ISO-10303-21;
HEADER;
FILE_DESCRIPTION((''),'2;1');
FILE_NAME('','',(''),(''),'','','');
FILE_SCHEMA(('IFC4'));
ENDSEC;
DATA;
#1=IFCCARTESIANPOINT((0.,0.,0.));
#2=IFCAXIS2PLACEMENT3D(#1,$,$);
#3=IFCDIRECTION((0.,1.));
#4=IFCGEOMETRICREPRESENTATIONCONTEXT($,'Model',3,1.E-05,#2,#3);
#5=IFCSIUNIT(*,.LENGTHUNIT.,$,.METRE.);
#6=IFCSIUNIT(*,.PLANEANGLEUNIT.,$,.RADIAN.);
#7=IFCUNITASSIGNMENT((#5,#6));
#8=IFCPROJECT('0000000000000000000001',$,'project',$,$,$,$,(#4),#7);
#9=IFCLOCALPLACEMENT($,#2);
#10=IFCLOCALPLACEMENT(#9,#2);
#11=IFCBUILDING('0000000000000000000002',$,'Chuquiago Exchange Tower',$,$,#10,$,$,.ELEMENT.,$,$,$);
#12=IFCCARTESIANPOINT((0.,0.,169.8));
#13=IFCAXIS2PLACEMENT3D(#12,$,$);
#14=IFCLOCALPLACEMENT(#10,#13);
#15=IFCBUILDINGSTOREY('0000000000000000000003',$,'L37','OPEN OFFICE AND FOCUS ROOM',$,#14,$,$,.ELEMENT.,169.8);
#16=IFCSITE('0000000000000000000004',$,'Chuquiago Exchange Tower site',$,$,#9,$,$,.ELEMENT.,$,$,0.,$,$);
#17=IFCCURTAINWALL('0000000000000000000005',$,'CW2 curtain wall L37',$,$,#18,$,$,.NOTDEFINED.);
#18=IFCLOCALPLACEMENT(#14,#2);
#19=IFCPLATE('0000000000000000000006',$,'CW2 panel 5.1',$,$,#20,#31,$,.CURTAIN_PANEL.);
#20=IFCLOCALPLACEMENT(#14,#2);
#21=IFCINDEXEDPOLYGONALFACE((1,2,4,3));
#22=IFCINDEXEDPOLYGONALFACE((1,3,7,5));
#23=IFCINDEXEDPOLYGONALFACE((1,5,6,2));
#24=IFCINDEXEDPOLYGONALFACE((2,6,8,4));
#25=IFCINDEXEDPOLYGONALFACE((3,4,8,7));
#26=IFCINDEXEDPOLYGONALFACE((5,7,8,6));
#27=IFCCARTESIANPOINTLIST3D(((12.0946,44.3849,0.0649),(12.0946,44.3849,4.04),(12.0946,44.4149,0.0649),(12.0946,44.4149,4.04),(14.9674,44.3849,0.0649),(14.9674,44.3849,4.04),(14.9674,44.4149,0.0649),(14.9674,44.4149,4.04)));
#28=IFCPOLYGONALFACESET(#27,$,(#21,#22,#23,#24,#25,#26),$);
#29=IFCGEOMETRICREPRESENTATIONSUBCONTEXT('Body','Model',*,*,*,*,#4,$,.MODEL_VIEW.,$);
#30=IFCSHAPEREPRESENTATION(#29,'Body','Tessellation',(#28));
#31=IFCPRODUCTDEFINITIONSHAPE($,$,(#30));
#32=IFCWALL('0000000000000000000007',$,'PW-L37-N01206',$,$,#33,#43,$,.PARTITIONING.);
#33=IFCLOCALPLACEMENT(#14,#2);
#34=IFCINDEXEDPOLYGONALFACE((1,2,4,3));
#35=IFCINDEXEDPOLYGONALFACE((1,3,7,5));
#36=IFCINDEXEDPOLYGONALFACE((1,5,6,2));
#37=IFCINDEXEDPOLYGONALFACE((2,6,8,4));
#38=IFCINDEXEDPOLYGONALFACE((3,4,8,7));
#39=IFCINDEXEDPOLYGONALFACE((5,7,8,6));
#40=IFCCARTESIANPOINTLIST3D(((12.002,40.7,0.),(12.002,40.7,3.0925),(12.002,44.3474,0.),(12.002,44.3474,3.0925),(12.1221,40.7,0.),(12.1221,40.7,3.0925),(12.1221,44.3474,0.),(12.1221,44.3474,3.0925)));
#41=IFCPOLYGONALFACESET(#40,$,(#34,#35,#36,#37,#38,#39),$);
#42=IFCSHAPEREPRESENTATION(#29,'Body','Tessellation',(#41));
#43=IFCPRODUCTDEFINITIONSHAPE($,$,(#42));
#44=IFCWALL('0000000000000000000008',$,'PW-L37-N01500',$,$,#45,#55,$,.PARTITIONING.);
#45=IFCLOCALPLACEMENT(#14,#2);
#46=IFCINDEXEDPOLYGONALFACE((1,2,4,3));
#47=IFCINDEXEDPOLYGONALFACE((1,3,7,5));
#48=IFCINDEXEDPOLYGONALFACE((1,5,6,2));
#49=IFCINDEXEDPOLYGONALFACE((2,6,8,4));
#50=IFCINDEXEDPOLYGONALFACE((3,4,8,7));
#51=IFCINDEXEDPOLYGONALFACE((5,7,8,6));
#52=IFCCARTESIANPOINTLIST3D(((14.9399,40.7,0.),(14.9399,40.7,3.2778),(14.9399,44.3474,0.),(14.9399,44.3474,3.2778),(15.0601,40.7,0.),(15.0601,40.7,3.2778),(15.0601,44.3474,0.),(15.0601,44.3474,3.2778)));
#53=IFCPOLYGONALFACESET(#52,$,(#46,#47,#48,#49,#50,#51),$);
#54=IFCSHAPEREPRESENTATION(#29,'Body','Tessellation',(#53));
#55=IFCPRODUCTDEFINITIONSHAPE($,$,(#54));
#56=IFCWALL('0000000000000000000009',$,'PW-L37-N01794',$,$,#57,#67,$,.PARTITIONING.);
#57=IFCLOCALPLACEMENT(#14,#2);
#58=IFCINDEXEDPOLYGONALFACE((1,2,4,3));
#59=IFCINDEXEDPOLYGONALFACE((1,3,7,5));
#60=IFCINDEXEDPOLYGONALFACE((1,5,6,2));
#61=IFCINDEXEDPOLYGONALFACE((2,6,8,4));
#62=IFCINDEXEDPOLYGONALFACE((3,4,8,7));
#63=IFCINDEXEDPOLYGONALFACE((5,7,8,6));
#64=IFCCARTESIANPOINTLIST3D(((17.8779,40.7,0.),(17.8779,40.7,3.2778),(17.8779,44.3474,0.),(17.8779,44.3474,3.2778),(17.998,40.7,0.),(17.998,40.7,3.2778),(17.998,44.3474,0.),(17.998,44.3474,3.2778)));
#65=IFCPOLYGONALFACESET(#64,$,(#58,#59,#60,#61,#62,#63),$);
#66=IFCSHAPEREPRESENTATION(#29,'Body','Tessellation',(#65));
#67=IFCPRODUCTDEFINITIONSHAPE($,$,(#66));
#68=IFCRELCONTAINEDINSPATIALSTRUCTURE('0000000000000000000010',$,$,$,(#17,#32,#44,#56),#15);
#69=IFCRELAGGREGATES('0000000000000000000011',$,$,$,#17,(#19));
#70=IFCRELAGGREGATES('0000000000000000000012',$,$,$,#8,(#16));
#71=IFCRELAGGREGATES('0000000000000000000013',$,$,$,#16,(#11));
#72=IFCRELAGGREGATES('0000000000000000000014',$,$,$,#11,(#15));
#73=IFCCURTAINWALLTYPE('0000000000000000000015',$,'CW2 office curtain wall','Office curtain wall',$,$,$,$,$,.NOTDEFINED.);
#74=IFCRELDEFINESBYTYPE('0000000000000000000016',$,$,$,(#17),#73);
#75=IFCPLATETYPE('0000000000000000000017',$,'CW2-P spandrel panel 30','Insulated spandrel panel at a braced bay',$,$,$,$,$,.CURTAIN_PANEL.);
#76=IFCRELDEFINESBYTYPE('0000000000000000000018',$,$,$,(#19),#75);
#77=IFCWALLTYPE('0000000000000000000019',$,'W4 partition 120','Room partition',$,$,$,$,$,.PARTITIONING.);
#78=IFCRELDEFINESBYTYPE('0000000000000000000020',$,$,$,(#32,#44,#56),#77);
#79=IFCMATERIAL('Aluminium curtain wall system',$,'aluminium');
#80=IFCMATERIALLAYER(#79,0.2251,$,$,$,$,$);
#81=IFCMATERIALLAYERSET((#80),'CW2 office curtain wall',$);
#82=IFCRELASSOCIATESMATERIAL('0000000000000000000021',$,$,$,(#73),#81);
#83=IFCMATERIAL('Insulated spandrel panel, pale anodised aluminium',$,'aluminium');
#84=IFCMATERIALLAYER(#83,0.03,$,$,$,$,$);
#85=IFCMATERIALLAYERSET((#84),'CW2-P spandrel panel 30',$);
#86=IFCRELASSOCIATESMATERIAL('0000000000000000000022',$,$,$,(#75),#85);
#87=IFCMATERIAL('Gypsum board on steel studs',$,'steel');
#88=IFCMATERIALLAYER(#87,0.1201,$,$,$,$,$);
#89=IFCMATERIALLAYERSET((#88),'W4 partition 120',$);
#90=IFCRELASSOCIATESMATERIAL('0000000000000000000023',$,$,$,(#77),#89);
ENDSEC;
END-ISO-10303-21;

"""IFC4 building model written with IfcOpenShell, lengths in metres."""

from ifc_helpers import new_model, si_unit, direction, frame, frame_2d, origin, origin_2d, place, context, subcontext, project, spatial, rectangle, extrude, material, layer, layer_set, type_object, element, aggregate, save


model = new_model("IFC4")

# Units and contexts
model_context = context("Model", 3, precision=1e-05, world=origin(), true_north=direction((0.0, 1.0)))
body_context = subcontext(model_context, "Body", "Model", "MODEL_VIEW")
ifc_project = project(units=[si_unit("LENGTHUNIT", "METRE"), si_unit("PLANEANGLEUNIT", "RADIAN")], contexts=[model_context])

# Site, building, storey
site_placement = place(None, origin())
site = spatial("IfcSite", under=ifc_project, at=site_placement, Name="Chuquiago Exchange Tower site", CompositionType="ELEMENT", RefElevation=0.0)
building_placement = place(site_placement, origin())
building = spatial("IfcBuilding", under=site, at=building_placement, Name="Chuquiago Exchange Tower", CompositionType="ELEMENT")
storey_placement = place(building_placement, frame((0.0, 0.0, 169.8)))
storey = spatial("IfcBuildingStorey", under=building, at=storey_placement, Name="L37", Description="OPEN OFFICE AND FOCUS ROOM", CompositionType="ELEMENT", Elevation=169.8)

# Curtain wall
ifc_material_1 = material(Name="Aluminium curtain wall system", Category="aluminium")
ifc_layer_1 = layer(ifc_material_1, 0.2251)
ifc_layer_set_1 = layer_set([ifc_layer_1], Name="CW2 office curtain wall")
curtain_wall_type = type_object("IfcCurtainWallType", Name="CW2 office curtain wall", Description="Office curtain wall", PredefinedType="NOTDEFINED", material=ifc_layer_set_1)
curtain_wall_placement = place(storey_placement, origin())
curtain_wall = element("IfcCurtainWall", 1, at=curtain_wall_placement, inside=storey, type_object=curtain_wall_type, Name="CW2 curtain wall L37", PredefinedType="NOTDEFINED")

# Plate
ifc_material_2 = material(Name="Insulated spandrel panel, pale anodised aluminium", Category="aluminium")
ifc_layer_2 = layer(ifc_material_2, 0.03)
ifc_layer_set_2 = layer_set([ifc_layer_2], Name="CW2-P spandrel panel 30")
plate_type = type_object("IfcPlateType", Name="CW2-P spandrel panel 30", Description="Insulated spandrel panel at a braced bay", PredefinedType="CURTAIN_PANEL", material=ifc_layer_set_2)
plate_1_placement = place(storey_placement, frame((13.531, 44.3999, 0.0649), z_axis=(0.0, 0.0, 1.0), x_axis=(-1.0, 0.0, 0.0)))
plate_1 = element("IfcPlate", 2, at=plate_1_placement, type_object=plate_type, Name="CW2 panel 5.1", PredefinedType="CURTAIN_PANEL", context=body_context, shape_type="SweptSolid", body=[
    extrude(rectangle(XDim=2.8728, YDim=0.03, at=origin_2d()), origin(), (0.0, 0.0, 1.0), 3.9751),
])
aggregate(curtain_wall, [plate_1])

# Walls
ifc_material_3 = material(Name="Gypsum board on steel studs", Category="steel")
ifc_layer_3 = layer(ifc_material_3, 0.1201)
ifc_layer_set_3 = layer_set([ifc_layer_3], Name="W4 partition 120")
wall_type = type_object("IfcWallType", Name="W4 partition 120", Description="Room partition", PredefinedType="PARTITIONING", material=ifc_layer_set_3)
wall_1_placement = place(storey_placement, frame((12.062, 44.3474, 0.0), z_axis=(0.0, 0.0, 1.0), x_axis=(0.0, -1.0, 0.0)))
element("IfcWall", 3, at=wall_1_placement, inside=storey, type_object=wall_type, Name="PW-L37-N01206", PredefinedType="PARTITIONING", context=body_context, shape_type="SweptSolid", body=[
    extrude(rectangle(XDim=3.6475, YDim=0.1201, at=frame_2d((1.8237, 0.0))), origin(), (0.0, 0.0, 1.0), 3.0925),
])
for number, where, z_axis, x_axis, name in (
    (4, (15.0, 44.3474, 0.0), (0.0, 0.0, 1.0), (0.0, -1.0, 0.0), "PW-L37-N01500"),
    (5, (17.938, 44.3474, 0.0), (0.0, 0.0, 1.0), (0.0, -1.0, 0.0), "PW-L37-N01794"),
):
    element("IfcWall", number, at=place(storey_placement, frame(where, z_axis=z_axis, x_axis=x_axis)), inside=storey, type_object=wall_type, Name=name, PredefinedType="PARTITIONING", context=body_context, shape_type="SweptSolid", body=[
        extrude(rectangle(XDim=3.6475, YDim=0.1201, at=frame_2d((1.8237, 0.0))), origin(), (0.0, 0.0, 1.0), 3.2778),
    ])

save(model, "model.ifc")
